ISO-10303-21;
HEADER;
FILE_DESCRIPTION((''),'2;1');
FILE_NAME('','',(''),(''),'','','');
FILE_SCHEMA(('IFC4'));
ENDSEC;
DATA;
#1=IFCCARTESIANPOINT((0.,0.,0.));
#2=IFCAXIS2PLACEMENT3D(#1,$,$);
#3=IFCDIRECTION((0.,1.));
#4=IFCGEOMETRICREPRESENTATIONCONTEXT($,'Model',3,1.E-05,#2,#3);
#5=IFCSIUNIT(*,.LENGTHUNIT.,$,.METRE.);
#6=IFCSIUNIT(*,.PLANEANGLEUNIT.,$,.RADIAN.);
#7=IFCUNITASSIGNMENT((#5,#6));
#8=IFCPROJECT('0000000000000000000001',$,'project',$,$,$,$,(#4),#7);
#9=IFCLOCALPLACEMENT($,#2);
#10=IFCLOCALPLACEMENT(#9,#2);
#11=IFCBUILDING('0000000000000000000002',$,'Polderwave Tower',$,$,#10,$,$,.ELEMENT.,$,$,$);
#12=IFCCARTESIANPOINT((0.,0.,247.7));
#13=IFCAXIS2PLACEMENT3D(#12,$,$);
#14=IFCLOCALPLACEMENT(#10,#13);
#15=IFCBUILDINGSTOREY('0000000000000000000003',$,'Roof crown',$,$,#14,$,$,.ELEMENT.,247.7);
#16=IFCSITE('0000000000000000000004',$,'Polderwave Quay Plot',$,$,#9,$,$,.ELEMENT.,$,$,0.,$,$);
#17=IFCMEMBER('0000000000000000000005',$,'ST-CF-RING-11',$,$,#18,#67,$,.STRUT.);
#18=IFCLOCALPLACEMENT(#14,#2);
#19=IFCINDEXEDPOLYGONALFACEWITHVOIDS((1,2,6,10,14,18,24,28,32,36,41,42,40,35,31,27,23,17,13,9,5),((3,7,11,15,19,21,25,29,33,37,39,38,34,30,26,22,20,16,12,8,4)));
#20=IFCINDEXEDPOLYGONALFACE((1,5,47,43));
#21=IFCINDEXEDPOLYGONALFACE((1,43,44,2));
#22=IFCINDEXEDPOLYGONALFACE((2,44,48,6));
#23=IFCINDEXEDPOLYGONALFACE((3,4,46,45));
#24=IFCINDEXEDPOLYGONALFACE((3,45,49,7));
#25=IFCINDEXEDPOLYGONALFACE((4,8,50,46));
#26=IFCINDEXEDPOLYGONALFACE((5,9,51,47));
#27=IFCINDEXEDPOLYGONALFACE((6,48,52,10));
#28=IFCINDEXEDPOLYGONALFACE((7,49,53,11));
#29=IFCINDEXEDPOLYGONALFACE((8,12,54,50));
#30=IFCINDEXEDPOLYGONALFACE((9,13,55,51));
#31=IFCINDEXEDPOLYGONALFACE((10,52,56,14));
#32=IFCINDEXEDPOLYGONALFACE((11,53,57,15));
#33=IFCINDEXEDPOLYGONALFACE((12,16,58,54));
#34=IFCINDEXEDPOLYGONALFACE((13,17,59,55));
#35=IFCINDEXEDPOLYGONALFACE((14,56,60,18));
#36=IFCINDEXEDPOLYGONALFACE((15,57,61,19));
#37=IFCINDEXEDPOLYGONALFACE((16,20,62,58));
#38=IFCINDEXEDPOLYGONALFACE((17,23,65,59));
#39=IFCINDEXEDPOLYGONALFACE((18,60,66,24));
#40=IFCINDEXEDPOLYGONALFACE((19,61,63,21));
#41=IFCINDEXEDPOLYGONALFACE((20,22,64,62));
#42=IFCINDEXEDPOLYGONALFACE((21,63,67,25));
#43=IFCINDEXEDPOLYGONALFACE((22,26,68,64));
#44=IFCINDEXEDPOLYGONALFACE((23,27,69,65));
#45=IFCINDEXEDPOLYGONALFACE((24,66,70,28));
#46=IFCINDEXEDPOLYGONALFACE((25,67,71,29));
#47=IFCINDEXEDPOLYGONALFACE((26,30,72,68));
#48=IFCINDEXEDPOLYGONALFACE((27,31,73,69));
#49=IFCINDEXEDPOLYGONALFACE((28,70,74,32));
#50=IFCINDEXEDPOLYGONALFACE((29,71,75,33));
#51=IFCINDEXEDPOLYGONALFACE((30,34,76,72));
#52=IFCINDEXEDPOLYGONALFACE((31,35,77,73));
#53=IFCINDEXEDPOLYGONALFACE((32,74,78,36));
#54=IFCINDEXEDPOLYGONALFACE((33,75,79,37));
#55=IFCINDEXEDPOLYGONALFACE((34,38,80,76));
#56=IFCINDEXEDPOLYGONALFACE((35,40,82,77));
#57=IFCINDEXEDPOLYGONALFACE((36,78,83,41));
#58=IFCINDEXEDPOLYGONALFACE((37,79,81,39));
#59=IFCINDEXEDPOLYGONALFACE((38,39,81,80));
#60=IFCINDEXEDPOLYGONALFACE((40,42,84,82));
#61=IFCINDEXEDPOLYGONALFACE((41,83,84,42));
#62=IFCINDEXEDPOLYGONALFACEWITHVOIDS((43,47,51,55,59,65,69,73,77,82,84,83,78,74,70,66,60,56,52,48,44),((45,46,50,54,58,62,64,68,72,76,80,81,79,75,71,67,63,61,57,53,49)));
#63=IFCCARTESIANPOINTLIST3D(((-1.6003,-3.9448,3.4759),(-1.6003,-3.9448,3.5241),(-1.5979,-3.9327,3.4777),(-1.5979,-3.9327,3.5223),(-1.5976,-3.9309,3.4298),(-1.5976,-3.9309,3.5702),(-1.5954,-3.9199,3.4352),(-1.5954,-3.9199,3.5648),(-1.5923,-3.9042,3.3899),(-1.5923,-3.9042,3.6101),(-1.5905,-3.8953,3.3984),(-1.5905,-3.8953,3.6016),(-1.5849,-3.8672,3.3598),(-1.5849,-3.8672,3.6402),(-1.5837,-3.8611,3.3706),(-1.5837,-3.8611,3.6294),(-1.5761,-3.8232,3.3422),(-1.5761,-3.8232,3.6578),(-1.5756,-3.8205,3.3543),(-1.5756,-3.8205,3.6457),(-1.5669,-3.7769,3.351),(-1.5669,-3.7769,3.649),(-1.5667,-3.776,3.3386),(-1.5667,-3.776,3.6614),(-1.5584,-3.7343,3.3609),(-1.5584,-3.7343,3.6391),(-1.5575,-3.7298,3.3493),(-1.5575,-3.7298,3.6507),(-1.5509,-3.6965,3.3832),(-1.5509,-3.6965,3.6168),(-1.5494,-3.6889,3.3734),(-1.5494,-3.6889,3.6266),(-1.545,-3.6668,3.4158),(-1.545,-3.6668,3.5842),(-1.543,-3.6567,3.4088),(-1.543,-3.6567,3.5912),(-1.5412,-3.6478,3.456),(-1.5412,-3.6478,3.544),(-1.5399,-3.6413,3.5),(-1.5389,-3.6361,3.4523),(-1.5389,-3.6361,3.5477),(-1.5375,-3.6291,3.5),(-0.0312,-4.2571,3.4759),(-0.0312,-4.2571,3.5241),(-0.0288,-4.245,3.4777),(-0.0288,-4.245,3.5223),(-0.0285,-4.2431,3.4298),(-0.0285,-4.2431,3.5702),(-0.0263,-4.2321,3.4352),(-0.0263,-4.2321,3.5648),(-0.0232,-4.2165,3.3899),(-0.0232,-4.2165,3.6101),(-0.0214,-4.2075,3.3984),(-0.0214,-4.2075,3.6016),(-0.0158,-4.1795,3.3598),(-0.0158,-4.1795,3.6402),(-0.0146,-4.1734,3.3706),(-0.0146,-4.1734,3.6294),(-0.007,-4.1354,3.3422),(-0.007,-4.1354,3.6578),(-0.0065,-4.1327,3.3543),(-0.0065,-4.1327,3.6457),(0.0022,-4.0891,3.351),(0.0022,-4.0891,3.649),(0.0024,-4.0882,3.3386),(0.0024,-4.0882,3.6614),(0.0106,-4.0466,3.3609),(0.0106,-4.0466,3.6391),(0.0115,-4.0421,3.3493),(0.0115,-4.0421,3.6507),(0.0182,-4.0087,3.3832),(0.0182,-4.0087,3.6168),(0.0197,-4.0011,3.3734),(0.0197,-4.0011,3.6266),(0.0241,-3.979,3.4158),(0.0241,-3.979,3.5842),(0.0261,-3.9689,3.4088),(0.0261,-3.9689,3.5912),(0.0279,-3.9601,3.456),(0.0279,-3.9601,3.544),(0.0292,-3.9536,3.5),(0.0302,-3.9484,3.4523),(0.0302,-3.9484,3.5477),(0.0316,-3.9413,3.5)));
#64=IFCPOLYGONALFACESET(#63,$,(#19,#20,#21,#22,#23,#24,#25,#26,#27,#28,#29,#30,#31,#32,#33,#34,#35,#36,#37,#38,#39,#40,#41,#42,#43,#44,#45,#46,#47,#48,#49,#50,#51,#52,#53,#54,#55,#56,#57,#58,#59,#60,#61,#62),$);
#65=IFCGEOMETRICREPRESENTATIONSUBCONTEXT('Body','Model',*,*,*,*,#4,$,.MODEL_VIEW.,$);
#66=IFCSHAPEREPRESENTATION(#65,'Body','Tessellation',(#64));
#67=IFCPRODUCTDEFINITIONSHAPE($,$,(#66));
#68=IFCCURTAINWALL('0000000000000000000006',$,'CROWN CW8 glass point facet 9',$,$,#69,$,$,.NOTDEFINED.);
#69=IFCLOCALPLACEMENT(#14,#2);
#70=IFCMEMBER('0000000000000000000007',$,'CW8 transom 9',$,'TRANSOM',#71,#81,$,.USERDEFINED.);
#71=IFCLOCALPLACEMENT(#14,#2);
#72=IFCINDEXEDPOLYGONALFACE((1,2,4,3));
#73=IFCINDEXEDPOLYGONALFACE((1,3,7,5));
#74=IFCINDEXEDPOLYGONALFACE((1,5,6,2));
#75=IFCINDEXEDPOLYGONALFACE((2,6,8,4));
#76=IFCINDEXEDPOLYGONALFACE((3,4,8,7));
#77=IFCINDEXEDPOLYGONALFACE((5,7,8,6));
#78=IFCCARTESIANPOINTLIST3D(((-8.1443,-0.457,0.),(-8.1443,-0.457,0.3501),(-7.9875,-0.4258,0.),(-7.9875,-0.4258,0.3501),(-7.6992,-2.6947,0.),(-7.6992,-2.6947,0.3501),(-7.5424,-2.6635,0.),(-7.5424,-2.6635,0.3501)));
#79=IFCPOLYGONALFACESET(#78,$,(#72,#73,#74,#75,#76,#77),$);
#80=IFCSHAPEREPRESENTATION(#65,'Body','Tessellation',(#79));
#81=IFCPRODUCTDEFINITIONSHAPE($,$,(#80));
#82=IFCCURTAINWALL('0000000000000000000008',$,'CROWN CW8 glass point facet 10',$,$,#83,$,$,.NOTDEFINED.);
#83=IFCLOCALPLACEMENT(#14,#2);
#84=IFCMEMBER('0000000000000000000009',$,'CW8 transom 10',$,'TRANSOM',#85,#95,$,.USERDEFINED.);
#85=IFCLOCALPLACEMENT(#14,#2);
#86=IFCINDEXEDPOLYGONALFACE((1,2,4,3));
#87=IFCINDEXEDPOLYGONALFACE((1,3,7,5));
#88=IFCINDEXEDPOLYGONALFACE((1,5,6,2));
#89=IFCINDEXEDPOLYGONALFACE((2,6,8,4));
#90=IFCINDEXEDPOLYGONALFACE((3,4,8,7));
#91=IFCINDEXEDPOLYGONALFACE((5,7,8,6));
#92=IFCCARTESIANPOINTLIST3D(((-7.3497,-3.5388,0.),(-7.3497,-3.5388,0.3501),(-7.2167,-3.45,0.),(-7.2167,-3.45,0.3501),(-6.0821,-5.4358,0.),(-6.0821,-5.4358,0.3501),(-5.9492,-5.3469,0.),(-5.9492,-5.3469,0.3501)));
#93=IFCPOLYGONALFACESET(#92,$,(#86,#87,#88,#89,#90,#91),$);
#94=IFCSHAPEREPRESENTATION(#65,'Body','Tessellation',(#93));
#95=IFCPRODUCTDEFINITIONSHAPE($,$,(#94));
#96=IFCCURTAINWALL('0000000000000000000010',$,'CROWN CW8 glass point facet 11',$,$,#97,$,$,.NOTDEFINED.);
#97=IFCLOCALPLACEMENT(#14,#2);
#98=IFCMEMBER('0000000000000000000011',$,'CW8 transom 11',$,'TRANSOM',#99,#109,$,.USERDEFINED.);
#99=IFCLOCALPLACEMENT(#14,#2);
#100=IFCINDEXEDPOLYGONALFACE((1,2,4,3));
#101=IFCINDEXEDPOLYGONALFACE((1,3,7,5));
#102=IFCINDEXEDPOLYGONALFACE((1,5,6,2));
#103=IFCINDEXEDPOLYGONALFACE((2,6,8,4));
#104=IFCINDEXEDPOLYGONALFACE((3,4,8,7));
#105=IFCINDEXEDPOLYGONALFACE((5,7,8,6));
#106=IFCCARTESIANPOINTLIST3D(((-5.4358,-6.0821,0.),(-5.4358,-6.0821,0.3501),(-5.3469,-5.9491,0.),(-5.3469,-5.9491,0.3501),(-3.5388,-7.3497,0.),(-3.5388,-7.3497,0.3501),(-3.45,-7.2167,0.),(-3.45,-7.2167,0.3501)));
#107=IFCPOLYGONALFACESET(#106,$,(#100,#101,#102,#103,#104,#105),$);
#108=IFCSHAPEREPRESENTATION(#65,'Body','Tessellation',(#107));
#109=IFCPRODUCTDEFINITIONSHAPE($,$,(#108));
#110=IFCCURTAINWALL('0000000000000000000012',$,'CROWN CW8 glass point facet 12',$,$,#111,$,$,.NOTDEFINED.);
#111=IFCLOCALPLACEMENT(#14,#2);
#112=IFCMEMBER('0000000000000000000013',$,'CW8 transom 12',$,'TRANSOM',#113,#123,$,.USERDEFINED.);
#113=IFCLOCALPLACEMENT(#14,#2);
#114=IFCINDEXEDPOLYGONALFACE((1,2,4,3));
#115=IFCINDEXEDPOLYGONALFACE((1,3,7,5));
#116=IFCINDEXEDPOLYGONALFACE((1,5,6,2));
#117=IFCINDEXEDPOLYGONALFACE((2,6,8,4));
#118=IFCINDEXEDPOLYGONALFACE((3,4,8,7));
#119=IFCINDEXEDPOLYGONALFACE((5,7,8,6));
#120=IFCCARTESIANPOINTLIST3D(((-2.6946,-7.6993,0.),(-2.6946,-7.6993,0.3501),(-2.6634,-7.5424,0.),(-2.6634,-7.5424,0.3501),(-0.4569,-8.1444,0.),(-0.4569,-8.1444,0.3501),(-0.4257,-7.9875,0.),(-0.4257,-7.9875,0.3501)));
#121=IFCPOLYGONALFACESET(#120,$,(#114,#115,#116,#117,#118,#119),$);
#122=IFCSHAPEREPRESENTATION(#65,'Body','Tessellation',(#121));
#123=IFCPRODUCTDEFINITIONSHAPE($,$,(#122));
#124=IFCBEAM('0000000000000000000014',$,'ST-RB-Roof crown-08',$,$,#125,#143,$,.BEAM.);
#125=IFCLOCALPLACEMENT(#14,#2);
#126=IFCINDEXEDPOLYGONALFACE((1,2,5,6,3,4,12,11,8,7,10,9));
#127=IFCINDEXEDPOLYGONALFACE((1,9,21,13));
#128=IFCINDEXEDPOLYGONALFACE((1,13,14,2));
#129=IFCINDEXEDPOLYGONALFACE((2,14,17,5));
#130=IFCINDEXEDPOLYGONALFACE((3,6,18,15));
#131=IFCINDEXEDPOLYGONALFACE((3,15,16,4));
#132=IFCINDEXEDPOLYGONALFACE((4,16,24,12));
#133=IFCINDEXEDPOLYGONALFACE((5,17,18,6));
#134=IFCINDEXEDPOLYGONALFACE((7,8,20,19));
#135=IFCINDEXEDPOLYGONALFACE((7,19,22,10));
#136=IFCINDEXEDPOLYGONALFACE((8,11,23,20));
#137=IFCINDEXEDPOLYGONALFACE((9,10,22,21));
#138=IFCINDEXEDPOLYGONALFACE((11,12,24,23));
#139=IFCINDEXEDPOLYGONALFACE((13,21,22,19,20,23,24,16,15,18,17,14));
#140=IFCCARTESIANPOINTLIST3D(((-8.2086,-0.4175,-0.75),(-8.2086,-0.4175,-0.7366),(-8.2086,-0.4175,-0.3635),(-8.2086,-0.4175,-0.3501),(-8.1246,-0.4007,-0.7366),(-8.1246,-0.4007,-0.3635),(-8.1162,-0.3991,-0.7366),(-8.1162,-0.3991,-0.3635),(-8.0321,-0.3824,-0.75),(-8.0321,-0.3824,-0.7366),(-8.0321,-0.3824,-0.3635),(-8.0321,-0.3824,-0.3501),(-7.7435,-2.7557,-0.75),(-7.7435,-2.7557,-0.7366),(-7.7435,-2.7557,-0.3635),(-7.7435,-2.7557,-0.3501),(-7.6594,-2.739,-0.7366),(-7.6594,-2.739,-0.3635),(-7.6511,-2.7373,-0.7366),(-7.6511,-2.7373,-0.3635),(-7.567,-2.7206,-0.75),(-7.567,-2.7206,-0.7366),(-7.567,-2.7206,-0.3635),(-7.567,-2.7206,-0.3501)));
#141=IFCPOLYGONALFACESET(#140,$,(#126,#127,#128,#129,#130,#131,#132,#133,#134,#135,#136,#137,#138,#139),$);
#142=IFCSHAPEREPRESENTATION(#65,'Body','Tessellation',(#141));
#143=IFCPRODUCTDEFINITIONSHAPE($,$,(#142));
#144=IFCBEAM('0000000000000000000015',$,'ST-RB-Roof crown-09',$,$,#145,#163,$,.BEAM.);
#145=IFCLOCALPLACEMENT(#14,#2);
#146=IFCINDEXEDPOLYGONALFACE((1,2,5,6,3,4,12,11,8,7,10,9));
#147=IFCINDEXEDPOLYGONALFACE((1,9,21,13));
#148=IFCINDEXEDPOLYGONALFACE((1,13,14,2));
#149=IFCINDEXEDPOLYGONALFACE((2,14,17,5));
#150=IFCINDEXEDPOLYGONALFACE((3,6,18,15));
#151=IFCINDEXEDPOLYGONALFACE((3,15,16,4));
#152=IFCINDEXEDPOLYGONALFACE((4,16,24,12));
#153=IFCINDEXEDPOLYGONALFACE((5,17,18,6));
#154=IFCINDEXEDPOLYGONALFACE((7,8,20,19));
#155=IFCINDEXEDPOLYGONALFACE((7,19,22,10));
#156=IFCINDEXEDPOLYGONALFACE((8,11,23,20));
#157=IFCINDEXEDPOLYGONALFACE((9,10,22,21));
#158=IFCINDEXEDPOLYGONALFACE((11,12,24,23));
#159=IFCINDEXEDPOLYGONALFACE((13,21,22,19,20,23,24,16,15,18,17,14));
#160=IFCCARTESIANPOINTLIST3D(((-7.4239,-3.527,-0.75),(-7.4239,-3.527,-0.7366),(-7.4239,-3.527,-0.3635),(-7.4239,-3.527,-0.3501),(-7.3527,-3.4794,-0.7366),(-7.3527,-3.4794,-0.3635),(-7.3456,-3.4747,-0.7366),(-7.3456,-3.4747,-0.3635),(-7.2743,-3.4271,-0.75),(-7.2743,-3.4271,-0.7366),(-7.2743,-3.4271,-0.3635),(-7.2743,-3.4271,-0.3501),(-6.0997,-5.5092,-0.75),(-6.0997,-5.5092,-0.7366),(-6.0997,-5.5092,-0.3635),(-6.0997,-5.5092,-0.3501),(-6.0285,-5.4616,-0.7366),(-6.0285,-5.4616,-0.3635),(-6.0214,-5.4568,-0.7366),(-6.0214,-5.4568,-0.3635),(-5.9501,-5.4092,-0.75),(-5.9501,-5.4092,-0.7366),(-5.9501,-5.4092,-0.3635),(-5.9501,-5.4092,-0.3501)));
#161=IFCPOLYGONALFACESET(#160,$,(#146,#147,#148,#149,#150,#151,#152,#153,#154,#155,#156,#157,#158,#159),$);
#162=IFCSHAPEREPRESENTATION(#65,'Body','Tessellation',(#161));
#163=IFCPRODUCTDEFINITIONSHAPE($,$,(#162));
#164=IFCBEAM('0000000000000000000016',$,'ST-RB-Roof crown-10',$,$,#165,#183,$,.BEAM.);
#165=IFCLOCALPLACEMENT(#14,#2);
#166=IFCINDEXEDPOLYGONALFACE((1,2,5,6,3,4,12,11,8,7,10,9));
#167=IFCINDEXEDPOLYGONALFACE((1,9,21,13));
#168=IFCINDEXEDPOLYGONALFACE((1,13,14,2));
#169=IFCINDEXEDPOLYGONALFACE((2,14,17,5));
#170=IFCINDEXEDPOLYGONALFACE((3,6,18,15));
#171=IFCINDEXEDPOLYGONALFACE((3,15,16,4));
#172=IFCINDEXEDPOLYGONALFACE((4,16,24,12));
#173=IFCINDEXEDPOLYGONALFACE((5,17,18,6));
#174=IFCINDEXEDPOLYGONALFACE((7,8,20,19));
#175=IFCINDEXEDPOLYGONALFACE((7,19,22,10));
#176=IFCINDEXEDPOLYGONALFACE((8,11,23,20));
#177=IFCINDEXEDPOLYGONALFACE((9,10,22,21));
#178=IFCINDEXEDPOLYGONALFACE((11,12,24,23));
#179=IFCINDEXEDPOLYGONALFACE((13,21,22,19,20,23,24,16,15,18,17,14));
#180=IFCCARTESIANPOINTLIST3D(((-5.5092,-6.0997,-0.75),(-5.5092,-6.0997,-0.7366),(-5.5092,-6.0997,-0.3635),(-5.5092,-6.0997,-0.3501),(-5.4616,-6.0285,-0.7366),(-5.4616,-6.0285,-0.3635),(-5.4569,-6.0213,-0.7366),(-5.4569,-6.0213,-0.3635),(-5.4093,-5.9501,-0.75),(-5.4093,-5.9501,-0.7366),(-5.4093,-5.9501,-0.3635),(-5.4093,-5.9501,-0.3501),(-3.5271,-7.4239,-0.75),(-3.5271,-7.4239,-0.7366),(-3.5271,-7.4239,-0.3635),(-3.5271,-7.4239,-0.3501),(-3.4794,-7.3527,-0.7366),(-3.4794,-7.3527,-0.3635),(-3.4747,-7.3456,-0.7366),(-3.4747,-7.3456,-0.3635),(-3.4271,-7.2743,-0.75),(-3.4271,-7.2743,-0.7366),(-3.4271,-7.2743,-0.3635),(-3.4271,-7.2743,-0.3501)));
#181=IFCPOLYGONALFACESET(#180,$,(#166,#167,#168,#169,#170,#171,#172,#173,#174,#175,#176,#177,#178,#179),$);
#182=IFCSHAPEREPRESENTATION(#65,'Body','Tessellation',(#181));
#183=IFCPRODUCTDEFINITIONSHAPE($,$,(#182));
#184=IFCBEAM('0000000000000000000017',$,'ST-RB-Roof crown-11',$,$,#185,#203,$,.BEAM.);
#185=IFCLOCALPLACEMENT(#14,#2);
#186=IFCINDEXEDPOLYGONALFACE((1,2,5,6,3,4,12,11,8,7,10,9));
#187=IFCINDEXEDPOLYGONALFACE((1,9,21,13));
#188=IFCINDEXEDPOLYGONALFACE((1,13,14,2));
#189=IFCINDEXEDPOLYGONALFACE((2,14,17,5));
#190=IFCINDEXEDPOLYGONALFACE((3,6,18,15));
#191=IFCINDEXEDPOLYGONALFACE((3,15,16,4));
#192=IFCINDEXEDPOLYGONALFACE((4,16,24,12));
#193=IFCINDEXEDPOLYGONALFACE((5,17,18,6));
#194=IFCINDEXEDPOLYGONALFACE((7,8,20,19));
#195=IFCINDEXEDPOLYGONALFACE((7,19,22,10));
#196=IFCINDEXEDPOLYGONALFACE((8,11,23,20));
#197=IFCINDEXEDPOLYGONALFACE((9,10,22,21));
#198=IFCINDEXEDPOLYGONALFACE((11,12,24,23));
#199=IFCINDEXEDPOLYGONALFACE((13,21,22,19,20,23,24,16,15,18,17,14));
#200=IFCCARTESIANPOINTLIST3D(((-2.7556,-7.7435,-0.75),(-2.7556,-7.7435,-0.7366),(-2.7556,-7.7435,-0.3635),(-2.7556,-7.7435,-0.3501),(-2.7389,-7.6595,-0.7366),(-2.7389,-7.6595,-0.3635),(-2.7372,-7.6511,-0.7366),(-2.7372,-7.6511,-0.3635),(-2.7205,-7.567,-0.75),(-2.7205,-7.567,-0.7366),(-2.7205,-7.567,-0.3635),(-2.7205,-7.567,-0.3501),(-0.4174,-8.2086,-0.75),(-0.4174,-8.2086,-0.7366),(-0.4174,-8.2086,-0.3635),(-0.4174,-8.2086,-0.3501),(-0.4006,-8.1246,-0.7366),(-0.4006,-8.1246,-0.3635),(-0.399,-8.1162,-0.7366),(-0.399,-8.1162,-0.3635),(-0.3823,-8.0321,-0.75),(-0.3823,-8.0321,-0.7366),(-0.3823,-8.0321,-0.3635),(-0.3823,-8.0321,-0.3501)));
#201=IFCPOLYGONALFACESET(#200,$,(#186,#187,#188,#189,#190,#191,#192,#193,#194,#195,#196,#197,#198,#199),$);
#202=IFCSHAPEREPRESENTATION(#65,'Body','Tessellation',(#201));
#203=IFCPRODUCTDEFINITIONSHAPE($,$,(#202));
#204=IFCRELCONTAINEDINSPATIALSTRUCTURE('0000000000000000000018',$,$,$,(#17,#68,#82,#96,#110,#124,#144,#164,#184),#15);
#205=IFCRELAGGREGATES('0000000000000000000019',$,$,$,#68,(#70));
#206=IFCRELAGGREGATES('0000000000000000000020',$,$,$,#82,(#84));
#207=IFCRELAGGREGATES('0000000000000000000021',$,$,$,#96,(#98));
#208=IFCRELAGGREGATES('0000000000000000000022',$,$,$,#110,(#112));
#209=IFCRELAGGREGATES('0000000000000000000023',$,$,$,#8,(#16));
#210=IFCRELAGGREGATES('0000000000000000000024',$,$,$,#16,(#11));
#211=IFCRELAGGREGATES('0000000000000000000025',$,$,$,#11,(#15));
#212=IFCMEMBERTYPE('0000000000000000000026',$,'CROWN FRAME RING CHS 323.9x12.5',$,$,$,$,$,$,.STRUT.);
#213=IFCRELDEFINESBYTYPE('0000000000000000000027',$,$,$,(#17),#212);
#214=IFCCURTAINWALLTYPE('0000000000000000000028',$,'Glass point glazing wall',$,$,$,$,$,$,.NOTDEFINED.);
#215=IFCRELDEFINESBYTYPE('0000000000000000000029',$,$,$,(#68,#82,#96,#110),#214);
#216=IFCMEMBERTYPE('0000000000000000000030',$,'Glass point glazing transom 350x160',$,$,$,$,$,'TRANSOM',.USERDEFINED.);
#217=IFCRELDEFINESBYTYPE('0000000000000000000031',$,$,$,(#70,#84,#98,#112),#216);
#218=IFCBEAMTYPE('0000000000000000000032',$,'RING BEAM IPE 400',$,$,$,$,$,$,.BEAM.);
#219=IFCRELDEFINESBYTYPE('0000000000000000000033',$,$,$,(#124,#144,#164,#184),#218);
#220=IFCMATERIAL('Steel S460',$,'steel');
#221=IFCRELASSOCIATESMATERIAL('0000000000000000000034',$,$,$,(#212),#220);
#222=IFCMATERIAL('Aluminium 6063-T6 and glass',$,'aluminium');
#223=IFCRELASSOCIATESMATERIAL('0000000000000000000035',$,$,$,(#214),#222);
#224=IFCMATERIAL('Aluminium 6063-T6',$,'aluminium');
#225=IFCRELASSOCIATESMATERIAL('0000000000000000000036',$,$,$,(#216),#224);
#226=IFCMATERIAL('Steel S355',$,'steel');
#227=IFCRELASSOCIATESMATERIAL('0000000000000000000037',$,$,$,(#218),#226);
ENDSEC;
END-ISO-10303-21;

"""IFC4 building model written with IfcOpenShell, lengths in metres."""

from ifc_helpers import new_model, si_unit, direction, frame, origin, origin_2d, place, context, subcontext, project, spatial, rectangle, hollow_circle, i_section, extrude, material, material_profile, profile_set, type_object, element, aggregate, save


model = new_model("IFC4")

# Units and contexts
model_context = context("Model", 3, precision=1e-05, world=origin(), true_north=direction((0.0, 1.0)))
body_context = subcontext(model_context, "Body", "Model", "MODEL_VIEW")
ifc_project = project(units=[si_unit("LENGTHUNIT", "METRE"), si_unit("PLANEANGLEUNIT", "RADIAN")], contexts=[model_context])

# Site, building, storey
site_placement = place(None, origin())
site = spatial("IfcSite", under=ifc_project, at=site_placement, Name="Polderwave Quay Plot", CompositionType="ELEMENT", RefElevation=0.0)
building_placement = place(site_placement, origin())
building = spatial("IfcBuilding", under=site, at=building_placement, Name="Polderwave Tower", CompositionType="ELEMENT")
storey_placement = place(building_placement, frame((0.0, 0.0, 247.7)))
storey = spatial("IfcBuildingStorey", under=building, at=storey_placement, Name="Roof crown", CompositionType="ELEMENT", Elevation=247.7)

# Member
ifc_material_1 = material(Name="Steel S460", Category="steel")
ifc_material_profile_1 = material_profile(ifc_material_1, hollow_circle(Radius=0.1619, WallThickness=0.0125, at=origin_2d()), Name="CHS 323.9x12.5")
ifc_profile_set_1 = profile_set([ifc_material_profile_1], Name="Steel S460")
member_type_1 = type_object("IfcMemberType", Name="CROWN FRAME RING CHS 323.9x12.5", PredefinedType="STRUT", material=ifc_profile_set_1)
member_1_placement = place(storey_placement, frame((-1.5691, -3.7878, 3.5), z_axis=(0.980768, -0.195177, 0.0), x_axis=(0.195177, 0.980768, 0.0)))
element("IfcMember", 1, at=member_1_placement, inside=storey, type_object=member_type_1, Name="ST-CF-RING-11", PredefinedType="STRUT", context=body_context, shape_type="SweptSolid", body=[
    extrude(hollow_circle(Radius=0.1619, WallThickness=0.0125, at=origin_2d()), origin(), (0.0, 0.0, 1.0), 1.5999),
])

# Curtain walls, members
ifc_material_2 = material(Name="Aluminium 6063-T6 and glass", Category="aluminium")
curtain_wall_type = type_object("IfcCurtainWallType", Name="Glass point glazing wall", PredefinedType="NOTDEFINED", material=ifc_material_2)
curtain_wall_1_placement = place(storey_placement, origin())
curtain_wall_1 = element("IfcCurtainWall", 2, at=curtain_wall_1_placement, inside=storey, type_object=curtain_wall_type, Name="CROWN CW8 glass point facet 9", PredefinedType="NOTDEFINED")
ifc_material_3 = material(Name="Aluminium 6063-T6", Category="aluminium")
ifc_material_profile_2 = material_profile(ifc_material_3, rectangle(XDim=0.1599, YDim=0.3501, at=origin_2d()), Name="AL 350x160")
ifc_profile_set_2 = profile_set([ifc_material_profile_2], Name="Aluminium 6063-T6")
member_type_2 = type_object("IfcMemberType", Name="Glass point glazing transom 350x160", ElementType="TRANSOM", PredefinedType="USERDEFINED", material=ifc_profile_set_2)
member_2_placement = place(storey_placement, frame((-8.0659, -0.4414, 0.175), z_axis=(0.195087, -0.980786, 0.0), x_axis=(0.980786, 0.195087, 0.0)))
member_2 = element("IfcMember", 3, at=member_2_placement, type_object=member_type_2, Name="CW8 transom 9", ObjectType="TRANSOM", PredefinedType="USERDEFINED", context=body_context, shape_type="SweptSolid", body=[
    extrude(rectangle(XDim=0.1599, YDim=0.3501, at=origin_2d()), origin(), (0.0, 0.0, 1.0), 2.2815),
])
curtain_wall_2_placement = place(storey_placement, origin())
curtain_wall_2 = element("IfcCurtainWall", 4, at=curtain_wall_2_placement, inside=storey, type_object=curtain_wall_type, Name="CROWN CW8 glass point facet 10", PredefinedType="NOTDEFINED")
member_3_placement = place(storey_placement, frame((-7.2832, -3.4944, 0.175), z_axis=(0.555589, -0.831457, 0.0), x_axis=(0.831457, 0.555589, 0.0)))
member_3 = element("IfcMember", 5, at=member_3_placement, type_object=member_type_2, Name="CW8 transom 10", ObjectType="TRANSOM", PredefinedType="USERDEFINED", context=body_context, shape_type="SweptSolid", body=[
    extrude(rectangle(XDim=0.1599, YDim=0.3501, at=origin_2d()), origin(), (0.0, 0.0, 1.0), 2.2815),
])
curtain_wall_3_placement = place(storey_placement, origin())
curtain_wall_3 = element("IfcCurtainWall", 6, at=curtain_wall_3_placement, inside=storey, type_object=curtain_wall_type, Name="CROWN CW8 glass point facet 11", PredefinedType="NOTDEFINED")
member_4_placement = place(storey_placement, frame((-5.3914, -6.0156, 0.175), z_axis=(0.831457, -0.555589, 0.0), x_axis=(0.555589, 0.831457, 0.0)))
member_4 = element("IfcMember", 7, at=member_4_placement, type_object=member_type_2, Name="CW8 transom 11", ObjectType="TRANSOM", PredefinedType="USERDEFINED", context=body_context, shape_type="SweptSolid", body=[
    extrude(rectangle(XDim=0.1599, YDim=0.3501, at=origin_2d()), origin(), (0.0, 0.0, 1.0), 2.2815),
])
curtain_wall_4_placement = place(storey_placement, origin())
curtain_wall_4 = element("IfcCurtainWall", 8, at=curtain_wall_4_placement, inside=storey, type_object=curtain_wall_type, Name="CROWN CW8 glass point facet 12", PredefinedType="NOTDEFINED")
member_5_placement = place(storey_placement, frame((-2.679, -7.6208, 0.175), z_axis=(0.980786, -0.195087, 0.0), x_axis=(0.195087, 0.980786, 0.0)))
member_5 = element("IfcMember", 9, at=member_5_placement, type_object=member_type_2, Name="CW8 transom 12", ObjectType="TRANSOM", PredefinedType="USERDEFINED", context=body_context, shape_type="SweptSolid", body=[
    extrude(rectangle(XDim=0.1599, YDim=0.3501, at=origin_2d()), origin(), (0.0, 0.0, 1.0), 2.2815),
])

# Beams
ifc_material_4 = material(Name="Steel S355", Category="steel")
ifc_material_profile_3 = material_profile(ifc_material_4, i_section(OverallWidth=0.1799, OverallDepth=0.3999, WebThickness=0.0085, FlangeThickness=0.0134, at=origin_2d()), Name="IPE 400")
ifc_profile_set_3 = profile_set([ifc_material_profile_3], Name="Steel S355")
beam_type = type_object("IfcBeamType", Name="RING BEAM IPE 400", PredefinedType="BEAM", material=ifc_profile_set_3)
beam_1_placement = place(storey_placement, frame((-8.1204, -0.3999, -0.55), z_axis=(0.195092, -0.980785, 0.0), x_axis=(0.980785, 0.195092, 0.0)))
element("IfcBeam", 10, at=beam_1_placement, inside=storey, type_object=beam_type, Name="ST-RB-Roof crown-08", PredefinedType="BEAM", context=body_context, shape_type="SweptSolid", body=[
    extrude(i_section(OverallWidth=0.1799, OverallDepth=0.3999, WebThickness=0.0085, FlangeThickness=0.0134, at=origin_2d()), origin(), (0.0, 0.0, 1.0), 2.384),
])
for number, where, z_axis, x_axis, name in (
    (11, (-7.3491, -3.4771, -0.55), (0.555504, -0.831514, 0.0), (0.831514, 0.555504, 0.0), "ST-RB-Roof crown-09"),
    (12, (-5.4592, -6.0249, -0.55), (0.831514, -0.555504, 0.0), (0.555504, 0.831514, 0.0), "ST-RB-Roof crown-10"),
):
    element("IfcBeam", number, at=place(storey_placement, frame(where, z_axis=z_axis, x_axis=x_axis)), inside=storey, type_object=beam_type, Name=name, PredefinedType="BEAM", context=body_context, shape_type="SweptSolid", body=[
        extrude(i_section(OverallWidth=0.1799, OverallDepth=0.3999, WebThickness=0.0085, FlangeThickness=0.0134, at=origin_2d()), origin(), (0.0, 0.0, 1.0), 2.3838),
    ])
beam_2_placement = place(storey_placement, frame((-2.738, -7.6553, -0.55), z_axis=(0.980785, -0.195092, 0.0), x_axis=(0.195092, 0.980785, 0.0)))
element("IfcBeam", 13, at=beam_2_placement, inside=storey, type_object=beam_type, Name="ST-RB-Roof crown-11", PredefinedType="BEAM", context=body_context, shape_type="SweptSolid", body=[
    extrude(i_section(OverallWidth=0.1799, OverallDepth=0.3999, WebThickness=0.0085, FlangeThickness=0.0134, at=origin_2d()), origin(), (0.0, 0.0, 1.0), 2.384),
])

aggregate(curtain_wall_1, [member_2])
aggregate(curtain_wall_2, [member_3])
aggregate(curtain_wall_3, [member_4])
aggregate(curtain_wall_4, [member_5])

save(model, "model.ifc")
